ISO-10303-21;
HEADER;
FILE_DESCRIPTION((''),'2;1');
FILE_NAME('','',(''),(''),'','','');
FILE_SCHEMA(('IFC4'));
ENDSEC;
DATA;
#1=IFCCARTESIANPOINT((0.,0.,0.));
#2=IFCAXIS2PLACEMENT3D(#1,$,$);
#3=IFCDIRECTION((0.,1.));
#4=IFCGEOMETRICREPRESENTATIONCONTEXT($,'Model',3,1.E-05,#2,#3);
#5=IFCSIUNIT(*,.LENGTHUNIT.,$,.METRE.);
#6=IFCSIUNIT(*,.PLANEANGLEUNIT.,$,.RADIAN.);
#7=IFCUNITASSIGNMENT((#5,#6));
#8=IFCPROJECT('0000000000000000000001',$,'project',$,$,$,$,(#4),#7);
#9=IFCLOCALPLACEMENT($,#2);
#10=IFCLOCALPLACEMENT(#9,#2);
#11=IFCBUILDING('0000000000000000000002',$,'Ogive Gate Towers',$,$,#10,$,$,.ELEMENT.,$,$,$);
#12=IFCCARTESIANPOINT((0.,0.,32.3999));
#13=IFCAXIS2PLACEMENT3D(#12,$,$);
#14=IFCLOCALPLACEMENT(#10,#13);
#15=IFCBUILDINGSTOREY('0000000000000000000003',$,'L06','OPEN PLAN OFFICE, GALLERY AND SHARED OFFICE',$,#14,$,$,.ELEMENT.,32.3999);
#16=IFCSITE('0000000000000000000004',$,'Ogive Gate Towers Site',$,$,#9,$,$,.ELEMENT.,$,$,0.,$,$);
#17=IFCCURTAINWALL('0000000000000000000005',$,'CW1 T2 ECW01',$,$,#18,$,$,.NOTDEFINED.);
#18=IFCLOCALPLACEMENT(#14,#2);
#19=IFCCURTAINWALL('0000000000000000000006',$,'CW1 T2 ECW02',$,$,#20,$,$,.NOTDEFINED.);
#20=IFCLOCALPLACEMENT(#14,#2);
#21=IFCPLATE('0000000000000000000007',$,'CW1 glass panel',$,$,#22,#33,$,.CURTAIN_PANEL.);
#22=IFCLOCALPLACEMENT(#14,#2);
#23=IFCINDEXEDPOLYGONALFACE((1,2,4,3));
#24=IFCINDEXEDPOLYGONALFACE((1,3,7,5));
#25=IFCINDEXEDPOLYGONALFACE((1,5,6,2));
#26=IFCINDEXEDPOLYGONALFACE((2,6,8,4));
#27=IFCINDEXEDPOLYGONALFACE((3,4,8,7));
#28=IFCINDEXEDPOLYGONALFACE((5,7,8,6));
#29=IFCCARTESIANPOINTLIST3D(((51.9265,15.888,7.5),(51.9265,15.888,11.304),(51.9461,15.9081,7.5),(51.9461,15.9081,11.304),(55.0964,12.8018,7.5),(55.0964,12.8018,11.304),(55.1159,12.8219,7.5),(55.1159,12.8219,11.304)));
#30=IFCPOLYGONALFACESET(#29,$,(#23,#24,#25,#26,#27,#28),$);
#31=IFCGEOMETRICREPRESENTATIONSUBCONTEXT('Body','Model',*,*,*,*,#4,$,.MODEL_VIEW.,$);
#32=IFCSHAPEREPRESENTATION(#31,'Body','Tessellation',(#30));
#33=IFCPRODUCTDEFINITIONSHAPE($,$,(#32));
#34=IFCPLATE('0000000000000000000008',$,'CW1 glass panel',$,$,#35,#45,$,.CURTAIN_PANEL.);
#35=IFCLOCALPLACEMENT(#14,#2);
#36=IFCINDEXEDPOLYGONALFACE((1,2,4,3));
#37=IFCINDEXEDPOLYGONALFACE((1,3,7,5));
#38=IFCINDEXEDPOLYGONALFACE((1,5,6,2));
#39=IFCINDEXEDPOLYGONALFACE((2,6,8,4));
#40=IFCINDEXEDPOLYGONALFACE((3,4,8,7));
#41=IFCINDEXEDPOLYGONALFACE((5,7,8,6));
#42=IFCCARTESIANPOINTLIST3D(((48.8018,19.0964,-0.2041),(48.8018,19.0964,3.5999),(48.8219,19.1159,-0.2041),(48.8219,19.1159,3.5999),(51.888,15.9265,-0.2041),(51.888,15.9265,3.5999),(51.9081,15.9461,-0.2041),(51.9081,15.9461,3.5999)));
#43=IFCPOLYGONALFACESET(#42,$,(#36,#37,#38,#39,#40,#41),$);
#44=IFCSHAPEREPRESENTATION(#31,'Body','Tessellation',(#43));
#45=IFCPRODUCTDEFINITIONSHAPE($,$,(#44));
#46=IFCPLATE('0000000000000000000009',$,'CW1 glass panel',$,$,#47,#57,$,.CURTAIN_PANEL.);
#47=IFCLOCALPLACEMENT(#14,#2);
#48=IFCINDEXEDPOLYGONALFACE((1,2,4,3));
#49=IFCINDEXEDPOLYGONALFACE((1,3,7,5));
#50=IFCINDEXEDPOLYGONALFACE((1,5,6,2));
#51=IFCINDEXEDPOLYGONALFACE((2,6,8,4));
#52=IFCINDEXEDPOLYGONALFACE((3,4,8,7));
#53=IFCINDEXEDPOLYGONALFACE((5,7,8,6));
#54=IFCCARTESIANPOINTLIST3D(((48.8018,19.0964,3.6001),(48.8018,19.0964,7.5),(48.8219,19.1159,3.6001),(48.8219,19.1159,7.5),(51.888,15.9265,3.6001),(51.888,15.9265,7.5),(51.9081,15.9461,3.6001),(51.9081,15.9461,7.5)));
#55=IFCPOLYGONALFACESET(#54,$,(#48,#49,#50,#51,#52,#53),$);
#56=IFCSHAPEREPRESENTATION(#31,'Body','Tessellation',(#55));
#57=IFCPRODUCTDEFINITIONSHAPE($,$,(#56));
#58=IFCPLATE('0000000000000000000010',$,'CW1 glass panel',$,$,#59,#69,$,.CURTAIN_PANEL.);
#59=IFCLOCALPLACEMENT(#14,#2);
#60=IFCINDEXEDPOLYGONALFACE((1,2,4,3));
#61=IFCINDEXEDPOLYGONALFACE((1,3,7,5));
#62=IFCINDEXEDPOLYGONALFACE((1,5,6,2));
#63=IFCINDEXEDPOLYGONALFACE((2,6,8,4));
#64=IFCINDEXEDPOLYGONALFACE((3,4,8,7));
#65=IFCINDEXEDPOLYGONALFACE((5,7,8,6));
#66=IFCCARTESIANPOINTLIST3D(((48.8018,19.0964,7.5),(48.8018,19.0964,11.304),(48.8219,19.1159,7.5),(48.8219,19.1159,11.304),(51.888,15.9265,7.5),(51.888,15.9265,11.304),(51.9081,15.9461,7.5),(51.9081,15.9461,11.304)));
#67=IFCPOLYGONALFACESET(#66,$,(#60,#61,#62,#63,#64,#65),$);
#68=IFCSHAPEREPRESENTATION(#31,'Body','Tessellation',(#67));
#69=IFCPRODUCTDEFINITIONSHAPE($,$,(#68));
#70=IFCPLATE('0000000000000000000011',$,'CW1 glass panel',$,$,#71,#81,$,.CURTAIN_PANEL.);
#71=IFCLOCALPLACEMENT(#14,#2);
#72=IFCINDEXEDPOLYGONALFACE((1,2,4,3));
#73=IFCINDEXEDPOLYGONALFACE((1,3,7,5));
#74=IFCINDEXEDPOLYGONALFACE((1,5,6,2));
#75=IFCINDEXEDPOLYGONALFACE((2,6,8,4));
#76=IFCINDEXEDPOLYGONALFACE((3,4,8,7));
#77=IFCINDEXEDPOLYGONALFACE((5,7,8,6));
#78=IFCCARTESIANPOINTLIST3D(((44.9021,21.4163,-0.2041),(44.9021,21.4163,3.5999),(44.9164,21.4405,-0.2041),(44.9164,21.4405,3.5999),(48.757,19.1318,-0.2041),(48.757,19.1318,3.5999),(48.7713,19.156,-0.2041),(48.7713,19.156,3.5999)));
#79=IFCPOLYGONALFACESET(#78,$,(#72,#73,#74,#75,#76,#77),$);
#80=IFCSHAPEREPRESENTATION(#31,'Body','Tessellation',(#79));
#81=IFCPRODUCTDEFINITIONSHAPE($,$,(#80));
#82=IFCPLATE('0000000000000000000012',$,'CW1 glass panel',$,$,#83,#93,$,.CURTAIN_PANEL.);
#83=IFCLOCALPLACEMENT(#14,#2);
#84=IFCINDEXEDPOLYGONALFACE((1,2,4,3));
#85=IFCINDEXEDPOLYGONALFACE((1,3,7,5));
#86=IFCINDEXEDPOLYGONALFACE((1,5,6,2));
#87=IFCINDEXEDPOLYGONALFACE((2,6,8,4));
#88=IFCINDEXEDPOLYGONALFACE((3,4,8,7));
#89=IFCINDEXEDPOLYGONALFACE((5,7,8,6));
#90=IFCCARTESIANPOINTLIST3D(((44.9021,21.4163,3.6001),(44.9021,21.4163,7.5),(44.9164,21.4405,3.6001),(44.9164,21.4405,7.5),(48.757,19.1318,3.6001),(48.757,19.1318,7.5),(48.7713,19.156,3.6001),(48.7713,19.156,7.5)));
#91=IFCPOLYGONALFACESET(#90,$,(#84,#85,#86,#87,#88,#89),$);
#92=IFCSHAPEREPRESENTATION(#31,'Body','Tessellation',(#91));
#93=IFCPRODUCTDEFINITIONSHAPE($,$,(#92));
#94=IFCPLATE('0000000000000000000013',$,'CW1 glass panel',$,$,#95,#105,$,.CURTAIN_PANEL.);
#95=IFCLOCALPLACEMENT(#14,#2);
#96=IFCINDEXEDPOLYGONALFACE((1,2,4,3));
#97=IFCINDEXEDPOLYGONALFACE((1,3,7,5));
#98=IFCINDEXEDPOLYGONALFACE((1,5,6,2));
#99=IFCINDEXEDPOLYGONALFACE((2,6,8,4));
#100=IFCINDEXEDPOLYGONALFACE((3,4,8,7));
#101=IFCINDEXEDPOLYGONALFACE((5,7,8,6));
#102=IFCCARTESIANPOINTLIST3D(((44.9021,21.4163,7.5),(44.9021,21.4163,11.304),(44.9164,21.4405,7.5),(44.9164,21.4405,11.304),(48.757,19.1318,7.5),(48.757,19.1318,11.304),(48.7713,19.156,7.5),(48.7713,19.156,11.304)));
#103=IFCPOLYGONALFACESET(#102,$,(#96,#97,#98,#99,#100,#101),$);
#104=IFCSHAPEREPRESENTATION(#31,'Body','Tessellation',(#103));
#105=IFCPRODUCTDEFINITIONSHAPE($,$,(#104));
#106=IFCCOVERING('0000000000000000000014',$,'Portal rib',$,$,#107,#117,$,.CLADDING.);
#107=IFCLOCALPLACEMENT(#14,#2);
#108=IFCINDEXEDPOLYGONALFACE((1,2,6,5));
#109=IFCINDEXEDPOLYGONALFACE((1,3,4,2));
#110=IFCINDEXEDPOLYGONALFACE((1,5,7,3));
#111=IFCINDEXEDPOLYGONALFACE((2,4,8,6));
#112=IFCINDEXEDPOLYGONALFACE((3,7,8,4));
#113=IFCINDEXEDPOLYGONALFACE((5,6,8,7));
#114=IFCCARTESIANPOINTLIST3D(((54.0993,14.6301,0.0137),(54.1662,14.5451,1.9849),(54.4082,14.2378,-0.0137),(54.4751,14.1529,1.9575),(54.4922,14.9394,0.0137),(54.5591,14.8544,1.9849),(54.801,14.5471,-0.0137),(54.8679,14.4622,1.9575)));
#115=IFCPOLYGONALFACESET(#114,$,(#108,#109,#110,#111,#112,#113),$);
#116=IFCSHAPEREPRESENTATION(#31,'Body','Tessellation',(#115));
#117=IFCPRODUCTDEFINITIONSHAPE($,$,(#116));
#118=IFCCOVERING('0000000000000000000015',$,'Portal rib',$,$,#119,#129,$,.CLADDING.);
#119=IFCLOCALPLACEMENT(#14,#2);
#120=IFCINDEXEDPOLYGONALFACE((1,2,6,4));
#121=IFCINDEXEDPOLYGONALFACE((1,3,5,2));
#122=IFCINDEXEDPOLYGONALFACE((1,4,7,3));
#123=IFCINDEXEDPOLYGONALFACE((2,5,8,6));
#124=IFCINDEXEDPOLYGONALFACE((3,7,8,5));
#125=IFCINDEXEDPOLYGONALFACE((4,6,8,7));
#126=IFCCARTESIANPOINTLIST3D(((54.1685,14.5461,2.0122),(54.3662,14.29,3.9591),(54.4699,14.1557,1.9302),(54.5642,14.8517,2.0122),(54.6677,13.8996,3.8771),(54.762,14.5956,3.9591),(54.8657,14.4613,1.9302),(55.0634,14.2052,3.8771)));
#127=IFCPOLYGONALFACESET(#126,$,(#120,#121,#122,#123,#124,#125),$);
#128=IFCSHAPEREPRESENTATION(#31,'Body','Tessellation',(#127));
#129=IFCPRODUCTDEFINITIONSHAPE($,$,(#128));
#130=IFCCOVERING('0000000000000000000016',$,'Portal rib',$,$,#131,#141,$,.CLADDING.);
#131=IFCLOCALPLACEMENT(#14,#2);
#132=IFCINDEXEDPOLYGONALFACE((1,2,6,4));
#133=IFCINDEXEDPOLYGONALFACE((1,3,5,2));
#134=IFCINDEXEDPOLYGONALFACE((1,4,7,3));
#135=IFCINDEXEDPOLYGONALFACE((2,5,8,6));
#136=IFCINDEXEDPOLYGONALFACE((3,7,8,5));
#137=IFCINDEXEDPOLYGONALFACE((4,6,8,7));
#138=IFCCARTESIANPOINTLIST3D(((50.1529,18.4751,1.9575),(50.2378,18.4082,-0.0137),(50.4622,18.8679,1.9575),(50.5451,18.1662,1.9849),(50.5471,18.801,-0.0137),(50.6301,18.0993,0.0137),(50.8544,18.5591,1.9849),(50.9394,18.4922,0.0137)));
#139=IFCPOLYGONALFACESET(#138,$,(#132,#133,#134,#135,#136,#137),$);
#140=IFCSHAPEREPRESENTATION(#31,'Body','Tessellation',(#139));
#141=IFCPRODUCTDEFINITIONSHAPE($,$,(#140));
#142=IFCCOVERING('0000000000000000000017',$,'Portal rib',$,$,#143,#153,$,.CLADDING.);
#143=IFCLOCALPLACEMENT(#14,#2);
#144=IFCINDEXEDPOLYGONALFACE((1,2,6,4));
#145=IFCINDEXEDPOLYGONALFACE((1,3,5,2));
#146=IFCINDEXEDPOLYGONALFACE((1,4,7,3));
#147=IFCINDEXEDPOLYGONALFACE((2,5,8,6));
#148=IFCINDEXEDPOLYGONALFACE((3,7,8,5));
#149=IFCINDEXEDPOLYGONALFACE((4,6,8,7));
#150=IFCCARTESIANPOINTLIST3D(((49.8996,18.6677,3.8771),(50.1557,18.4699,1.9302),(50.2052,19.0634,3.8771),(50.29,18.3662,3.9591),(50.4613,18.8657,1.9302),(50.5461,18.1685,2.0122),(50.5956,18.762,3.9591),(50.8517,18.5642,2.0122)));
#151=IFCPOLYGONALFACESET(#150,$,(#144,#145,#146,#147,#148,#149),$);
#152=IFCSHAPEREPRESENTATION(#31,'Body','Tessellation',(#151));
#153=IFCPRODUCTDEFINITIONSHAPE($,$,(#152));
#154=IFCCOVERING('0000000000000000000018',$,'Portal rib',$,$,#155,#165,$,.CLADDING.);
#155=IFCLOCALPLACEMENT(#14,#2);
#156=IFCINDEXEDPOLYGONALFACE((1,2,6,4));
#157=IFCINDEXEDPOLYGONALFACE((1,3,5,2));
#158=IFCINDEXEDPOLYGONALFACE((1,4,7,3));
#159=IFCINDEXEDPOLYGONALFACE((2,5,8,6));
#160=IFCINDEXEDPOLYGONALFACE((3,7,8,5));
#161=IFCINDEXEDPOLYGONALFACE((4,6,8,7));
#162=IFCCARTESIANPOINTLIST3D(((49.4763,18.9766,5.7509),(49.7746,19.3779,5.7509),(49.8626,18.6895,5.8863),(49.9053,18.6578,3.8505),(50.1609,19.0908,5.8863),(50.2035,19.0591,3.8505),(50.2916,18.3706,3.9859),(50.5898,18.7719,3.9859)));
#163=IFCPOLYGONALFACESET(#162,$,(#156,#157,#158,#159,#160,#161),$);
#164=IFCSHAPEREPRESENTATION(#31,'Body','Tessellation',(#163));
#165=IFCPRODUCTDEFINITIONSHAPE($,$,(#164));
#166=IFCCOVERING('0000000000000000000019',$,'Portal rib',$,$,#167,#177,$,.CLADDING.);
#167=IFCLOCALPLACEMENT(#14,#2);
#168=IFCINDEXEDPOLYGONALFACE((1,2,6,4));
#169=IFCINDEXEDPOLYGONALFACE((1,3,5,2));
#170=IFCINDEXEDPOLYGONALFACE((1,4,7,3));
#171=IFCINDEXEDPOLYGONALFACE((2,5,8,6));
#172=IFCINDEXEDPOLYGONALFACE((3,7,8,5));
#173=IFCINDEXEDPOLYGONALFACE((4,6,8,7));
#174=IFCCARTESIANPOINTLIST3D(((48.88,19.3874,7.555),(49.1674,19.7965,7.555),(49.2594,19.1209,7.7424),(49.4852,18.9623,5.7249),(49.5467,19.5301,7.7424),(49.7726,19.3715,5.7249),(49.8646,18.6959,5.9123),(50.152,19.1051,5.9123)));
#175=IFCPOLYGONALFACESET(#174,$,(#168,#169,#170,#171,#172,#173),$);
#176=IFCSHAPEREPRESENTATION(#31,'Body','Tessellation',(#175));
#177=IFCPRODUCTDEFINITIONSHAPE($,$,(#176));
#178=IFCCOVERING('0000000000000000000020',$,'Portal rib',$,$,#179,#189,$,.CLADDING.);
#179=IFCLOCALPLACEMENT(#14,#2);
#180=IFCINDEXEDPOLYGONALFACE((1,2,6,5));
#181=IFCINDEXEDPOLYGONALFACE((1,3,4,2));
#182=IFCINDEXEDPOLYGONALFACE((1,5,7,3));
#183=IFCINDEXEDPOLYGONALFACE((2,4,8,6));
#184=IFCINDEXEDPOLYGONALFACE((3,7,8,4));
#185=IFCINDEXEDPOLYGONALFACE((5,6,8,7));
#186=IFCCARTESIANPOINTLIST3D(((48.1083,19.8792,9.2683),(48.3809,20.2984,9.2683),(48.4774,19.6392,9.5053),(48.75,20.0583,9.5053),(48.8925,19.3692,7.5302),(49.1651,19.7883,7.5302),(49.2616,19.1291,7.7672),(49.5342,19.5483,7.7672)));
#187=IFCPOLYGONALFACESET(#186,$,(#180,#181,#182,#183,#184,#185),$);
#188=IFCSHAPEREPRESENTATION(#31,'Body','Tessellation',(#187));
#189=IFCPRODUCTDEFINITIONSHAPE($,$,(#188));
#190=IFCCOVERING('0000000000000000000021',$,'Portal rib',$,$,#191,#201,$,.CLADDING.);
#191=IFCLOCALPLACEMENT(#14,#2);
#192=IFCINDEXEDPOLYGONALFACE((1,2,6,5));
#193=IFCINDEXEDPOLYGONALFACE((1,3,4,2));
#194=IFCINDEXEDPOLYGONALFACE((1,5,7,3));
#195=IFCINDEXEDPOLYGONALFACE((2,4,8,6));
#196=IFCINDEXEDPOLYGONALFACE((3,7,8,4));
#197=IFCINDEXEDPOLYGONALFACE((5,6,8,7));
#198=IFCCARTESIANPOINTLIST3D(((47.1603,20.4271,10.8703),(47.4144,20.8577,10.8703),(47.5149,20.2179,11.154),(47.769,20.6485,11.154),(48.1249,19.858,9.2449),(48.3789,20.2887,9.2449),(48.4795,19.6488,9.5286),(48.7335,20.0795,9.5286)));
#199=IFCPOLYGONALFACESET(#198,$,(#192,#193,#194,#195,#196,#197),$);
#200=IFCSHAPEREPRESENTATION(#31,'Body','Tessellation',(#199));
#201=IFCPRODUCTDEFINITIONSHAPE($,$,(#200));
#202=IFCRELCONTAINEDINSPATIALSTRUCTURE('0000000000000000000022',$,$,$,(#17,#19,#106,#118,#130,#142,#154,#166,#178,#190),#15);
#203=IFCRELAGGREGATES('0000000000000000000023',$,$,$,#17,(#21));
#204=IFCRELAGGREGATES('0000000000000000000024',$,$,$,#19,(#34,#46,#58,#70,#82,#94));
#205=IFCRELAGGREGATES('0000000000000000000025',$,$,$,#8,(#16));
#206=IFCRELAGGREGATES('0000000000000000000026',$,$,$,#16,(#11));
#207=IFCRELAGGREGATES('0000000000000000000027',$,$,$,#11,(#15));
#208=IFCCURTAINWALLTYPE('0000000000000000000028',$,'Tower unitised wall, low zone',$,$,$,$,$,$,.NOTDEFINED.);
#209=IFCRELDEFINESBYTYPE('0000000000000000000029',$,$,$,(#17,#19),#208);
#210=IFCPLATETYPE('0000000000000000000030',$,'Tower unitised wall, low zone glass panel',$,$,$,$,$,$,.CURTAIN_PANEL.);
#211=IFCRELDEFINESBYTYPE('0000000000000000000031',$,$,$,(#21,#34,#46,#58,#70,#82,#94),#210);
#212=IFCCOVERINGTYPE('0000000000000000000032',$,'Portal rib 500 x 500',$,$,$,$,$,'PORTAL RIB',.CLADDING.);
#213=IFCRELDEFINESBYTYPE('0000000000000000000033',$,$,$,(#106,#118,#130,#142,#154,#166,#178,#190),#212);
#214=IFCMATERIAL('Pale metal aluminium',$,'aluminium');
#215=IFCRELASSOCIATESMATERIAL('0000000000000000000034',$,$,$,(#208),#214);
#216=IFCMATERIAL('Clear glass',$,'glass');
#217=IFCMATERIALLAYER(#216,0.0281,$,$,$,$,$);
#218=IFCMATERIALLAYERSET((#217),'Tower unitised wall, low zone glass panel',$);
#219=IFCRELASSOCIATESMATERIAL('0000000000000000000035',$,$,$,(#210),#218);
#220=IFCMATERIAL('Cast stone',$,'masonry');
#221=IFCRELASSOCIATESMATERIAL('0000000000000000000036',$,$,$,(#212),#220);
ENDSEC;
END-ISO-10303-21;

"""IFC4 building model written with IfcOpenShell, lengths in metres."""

from ifc_helpers import new_model, si_unit, direction, frame, origin, origin_2d, place, context, subcontext, project, spatial, rectangle, extrude, material, layer, layer_set, material_profile, profile_set, type_object, element, aggregate, save


model = new_model("IFC4")

# Units and contexts
model_context = context("Model", 3, precision=1e-05, world=origin(), true_north=direction((0.0, 1.0)))
body_context = subcontext(model_context, "Body", "Model", "MODEL_VIEW")
ifc_project = project(units=[si_unit("LENGTHUNIT", "METRE"), si_unit("PLANEANGLEUNIT", "RADIAN")], contexts=[model_context])

# Site, building, storey
site_placement = place(None, origin())
site = spatial("IfcSite", under=ifc_project, at=site_placement, Name="Ogive Gate Towers Site", CompositionType="ELEMENT", RefElevation=0.0)
building_placement = place(site_placement, origin())
building = spatial("IfcBuilding", under=site, at=building_placement, Name="Ogive Gate Towers", CompositionType="ELEMENT")
storey_placement = place(building_placement, frame((0.0, 0.0, 32.3999)))
storey = spatial("IfcBuildingStorey", under=building, at=storey_placement, Name="L06", Description="OPEN PLAN OFFICE, GALLERY AND SHARED OFFICE", CompositionType="ELEMENT", Elevation=32.3999)

# Curtain wall
ifc_material_1 = material(Name="Pale metal aluminium", Category="aluminium")
curtain_wall_type = type_object("IfcCurtainWallType", Name="Tower unitised wall, low zone", PredefinedType="NOTDEFINED", material=ifc_material_1)
curtain_wall_1_placement = place(storey_placement, origin())
curtain_wall_1 = element("IfcCurtainWall", 1, at=curtain_wall_1_placement, inside=storey, type_object=curtain_wall_type, Name="CW1 T2 ECW01", PredefinedType="NOTDEFINED")

# Curtain wall
curtain_wall_2_placement = place(storey_placement, origin())
curtain_wall_2 = element("IfcCurtainWall", 2, at=curtain_wall_2_placement, inside=storey, type_object=curtain_wall_type, Name="CW1 T2 ECW02", PredefinedType="NOTDEFINED")

# Plates
ifc_material_2 = material(Name="Clear glass", Category="glass")
ifc_layer = layer(ifc_material_2, 0.0281)
ifc_layer_set = layer_set([ifc_layer], Name="Tower unitised wall, low zone glass panel")
plate_type = type_object("IfcPlateType", Name="Tower unitised wall, low zone glass panel", PredefinedType="CURTAIN_PANEL", material=ifc_layer_set)
plate_1_placement = place(storey_placement, frame((53.5212, 14.355, 7.5), z_axis=(0.0, 0.0, 1.0), x_axis=(-0.716497, 0.69759, 0.0)))
plate_1 = element("IfcPlate", 3, at=plate_1_placement, type_object=plate_type, Name="CW1 glass panel", PredefinedType="CURTAIN_PANEL", context=body_context, shape_type="SweptSolid", body=[
    extrude(rectangle(XDim=4.4241, YDim=0.0281, at=origin_2d()), origin(), (0.0, 0.0, 1.0), 3.804),
])
aggregate(curtain_wall_1, [plate_1])
plate_2_placement = place(storey_placement, frame((50.355, 17.5212, -0.2041), z_axis=(0.0, 0.0, 1.0), x_axis=(-0.69759, 0.716497, 0.0)))
plate_2 = element("IfcPlate", 4, at=plate_2_placement, type_object=plate_type, Name="CW1 glass panel", PredefinedType="CURTAIN_PANEL", context=body_context, shape_type="SweptSolid", body=[
    extrude(rectangle(XDim=4.4241, YDim=0.0281, at=origin_2d()), origin(), (0.0, 0.0, 1.0), 3.804),
])
plate_3_placement = place(storey_placement, frame((50.355, 17.5212, 3.6001), z_axis=(0.0, 0.0, 1.0), x_axis=(-0.69759, 0.716497, 0.0)))
plate_3 = element("IfcPlate", 5, at=plate_3_placement, type_object=plate_type, Name="CW1 glass panel", PredefinedType="CURTAIN_PANEL", context=body_context, shape_type="SweptSolid", body=[
    extrude(rectangle(XDim=4.4241, YDim=0.0281, at=origin_2d()), origin(), (0.0, 0.0, 1.0), 3.8999),
])
plate_4_placement = place(storey_placement, frame((50.355, 17.5212, 7.5), z_axis=(0.0, 0.0, 1.0), x_axis=(-0.69759, 0.716497, 0.0)))
plate_4 = element("IfcPlate", 6, at=plate_4_placement, type_object=plate_type, Name="CW1 glass panel", PredefinedType="CURTAIN_PANEL", context=body_context, shape_type="SweptSolid", body=[
    extrude(rectangle(XDim=4.4241, YDim=0.0281, at=origin_2d()), origin(), (0.0, 0.0, 1.0), 3.804),
])
plate_5_placement = place(storey_placement, frame((46.8367, 20.2861, -0.2041), z_axis=(0.0, 0.0, 1.0), x_axis=(-0.86028, 0.509822, 0.0)))
plate_5 = element("IfcPlate", 7, at=plate_5_placement, type_object=plate_type, Name="CW1 glass panel", PredefinedType="CURTAIN_PANEL", context=body_context, shape_type="SweptSolid", body=[
    extrude(rectangle(XDim=4.481, YDim=0.0281, at=origin_2d()), origin(), (0.0, 0.0, 1.0), 3.804),
])
plate_6_placement = place(storey_placement, frame((46.8367, 20.2861, 3.6001), z_axis=(0.0, 0.0, 1.0), x_axis=(-0.86028, 0.509822, 0.0)))
plate_6 = element("IfcPlate", 8, at=plate_6_placement, type_object=plate_type, Name="CW1 glass panel", PredefinedType="CURTAIN_PANEL", context=body_context, shape_type="SweptSolid", body=[
    extrude(rectangle(XDim=4.481, YDim=0.0281, at=origin_2d()), origin(), (0.0, 0.0, 1.0), 3.8999),
])
plate_7_placement = place(storey_placement, frame((46.8367, 20.2861, 7.5), z_axis=(0.0, 0.0, 1.0), x_axis=(-0.86028, 0.509822, 0.0)))
plate_7 = element("IfcPlate", 9, at=plate_7_placement, type_object=plate_type, Name="CW1 glass panel", PredefinedType="CURTAIN_PANEL", context=body_context, shape_type="SweptSolid", body=[
    extrude(rectangle(XDim=4.481, YDim=0.0281, at=origin_2d()), origin(), (0.0, 0.0, 1.0), 3.804),
])
aggregate(curtain_wall_2, [plate_2, plate_3, plate_4, plate_5, plate_6, plate_7])

# Coverings
ifc_material_3 = material(Name="Cast stone", Category="masonry")
ifc_material_profile_1 = material_profile(ifc_material_3, rectangle(XDim=0.5, YDim=0.5, at=origin_2d()), Name="500 x 500 cast stone")
ifc_profile_set_1 = profile_set([ifc_material_profile_1], Name="Cast stone")
covering_type = type_object("IfcCoveringType", Name="Portal rib 500 x 500", ElementType="PORTAL RIB", PredefinedType="CLADDING", material=ifc_profile_set_1)
covering_1_placement = place(storey_placement, frame((54.4502, 14.5886, 0.0), z_axis=(0.033885, -0.043037, 0.998499), x_axis=(0.785691, 0.618619, 0.0)))
element("IfcCovering", 10, at=covering_1_placement, inside=storey, type_object=covering_type, Name="Portal rib", PredefinedType="CLADDING", context=body_context, shape_type="SweptSolid", body=[
    extrude(rectangle(XDim=0.5, YDim=0.5, at=origin_2d()), origin(), (0.0, 0.0, 1.0), 1.9741),
])
covering_2_placement = place(storey_placement, frame((54.5171, 14.5037, 1.9712), z_axis=(0.100193, -0.129756, 0.986471), x_axis=(0.791501, 0.611168, 0.0)))
element("IfcCovering", 11, at=covering_2_placement, inside=storey, type_object=covering_type, Name="Portal rib", PredefinedType="CLADDING", context=body_context, shape_type="SweptSolid", body=[
    extrude(rectangle(XDim=0.5, YDim=0.5, at=origin_2d()), origin(), (0.0, 0.0, 1.0), 1.9736),
])
covering_3_placement = place(storey_placement, frame((50.5886, 18.4502, 0.0), z_axis=(-0.043037, 0.033885, 0.998499), x_axis=(-0.618619, -0.785691, 0.0)))
element("IfcCovering", 12, at=covering_3_placement, inside=storey, type_object=covering_type, Name="Portal rib", PredefinedType="CLADDING", context=body_context, shape_type="SweptSolid", body=[
    extrude(rectangle(XDim=0.5, YDim=0.5, at=origin_2d()), origin(), (0.0, 0.0, 1.0), 1.9741),
])
covering_4_placement = place(storey_placement, frame((50.5037, 18.5171, 1.9712), z_axis=(-0.129756, 0.100193, 0.986471), x_axis=(-0.611168, -0.791501, 0.0)))
element("IfcCovering", 13, at=covering_4_placement, inside=storey, type_object=covering_type, Name="Portal rib", PredefinedType="CLADDING", context=body_context, shape_type="SweptSolid", body=[
    extrude(rectangle(XDim=0.5, YDim=0.5, at=origin_2d()), origin(), (0.0, 0.0, 1.0), 1.9736),
])
covering_5_placement = place(storey_placement, frame((50.2476, 18.7148, 3.9182), z_axis=(-0.217289, 0.161514, 0.962652), x_axis=(-0.596559, -0.802569, 0.0)))
element("IfcCovering", 14, at=covering_5_placement, inside=storey, type_object=covering_type, Name="Portal rib", PredefinedType="CLADDING", context=body_context, shape_type="SweptSolid", body=[
    extrude(rectangle(XDim=0.5, YDim=0.5, at=origin_2d()), origin(), (0.0, 0.0, 1.0), 1.9741),
])
for number, where, z_axis, x_axis, name in (
    (15, (49.8186, 19.0337, 5.8186), (-0.306619, 0.215338, 0.927154), (-0.574725, -0.818347, 0.0), "Portal rib"),
    (16, (49.2134, 19.4587, 7.6487), (-0.397298, 0.258392, 0.880561), (-0.545208, -0.8383, 0.0), "Portal rib"),
    (17, (48.4292, 19.9688, 9.3867), (-0.488661, 0.288299, 0.823464), (-0.508134, -0.861278, 0.0), "Portal rib"),
):
    element("IfcCovering", number, at=place(storey_placement, frame(where, z_axis=z_axis, x_axis=x_axis)), inside=storey, type_object=covering_type, Name=name, PredefinedType="CLADDING", context=body_context, shape_type="SweptSolid", body=[
        extrude(rectangle(XDim=0.5, YDim=0.5, at=origin_2d()), origin(), (0.0, 0.0, 1.0), 1.9739),
    ])

save(model, "model.ifc")
